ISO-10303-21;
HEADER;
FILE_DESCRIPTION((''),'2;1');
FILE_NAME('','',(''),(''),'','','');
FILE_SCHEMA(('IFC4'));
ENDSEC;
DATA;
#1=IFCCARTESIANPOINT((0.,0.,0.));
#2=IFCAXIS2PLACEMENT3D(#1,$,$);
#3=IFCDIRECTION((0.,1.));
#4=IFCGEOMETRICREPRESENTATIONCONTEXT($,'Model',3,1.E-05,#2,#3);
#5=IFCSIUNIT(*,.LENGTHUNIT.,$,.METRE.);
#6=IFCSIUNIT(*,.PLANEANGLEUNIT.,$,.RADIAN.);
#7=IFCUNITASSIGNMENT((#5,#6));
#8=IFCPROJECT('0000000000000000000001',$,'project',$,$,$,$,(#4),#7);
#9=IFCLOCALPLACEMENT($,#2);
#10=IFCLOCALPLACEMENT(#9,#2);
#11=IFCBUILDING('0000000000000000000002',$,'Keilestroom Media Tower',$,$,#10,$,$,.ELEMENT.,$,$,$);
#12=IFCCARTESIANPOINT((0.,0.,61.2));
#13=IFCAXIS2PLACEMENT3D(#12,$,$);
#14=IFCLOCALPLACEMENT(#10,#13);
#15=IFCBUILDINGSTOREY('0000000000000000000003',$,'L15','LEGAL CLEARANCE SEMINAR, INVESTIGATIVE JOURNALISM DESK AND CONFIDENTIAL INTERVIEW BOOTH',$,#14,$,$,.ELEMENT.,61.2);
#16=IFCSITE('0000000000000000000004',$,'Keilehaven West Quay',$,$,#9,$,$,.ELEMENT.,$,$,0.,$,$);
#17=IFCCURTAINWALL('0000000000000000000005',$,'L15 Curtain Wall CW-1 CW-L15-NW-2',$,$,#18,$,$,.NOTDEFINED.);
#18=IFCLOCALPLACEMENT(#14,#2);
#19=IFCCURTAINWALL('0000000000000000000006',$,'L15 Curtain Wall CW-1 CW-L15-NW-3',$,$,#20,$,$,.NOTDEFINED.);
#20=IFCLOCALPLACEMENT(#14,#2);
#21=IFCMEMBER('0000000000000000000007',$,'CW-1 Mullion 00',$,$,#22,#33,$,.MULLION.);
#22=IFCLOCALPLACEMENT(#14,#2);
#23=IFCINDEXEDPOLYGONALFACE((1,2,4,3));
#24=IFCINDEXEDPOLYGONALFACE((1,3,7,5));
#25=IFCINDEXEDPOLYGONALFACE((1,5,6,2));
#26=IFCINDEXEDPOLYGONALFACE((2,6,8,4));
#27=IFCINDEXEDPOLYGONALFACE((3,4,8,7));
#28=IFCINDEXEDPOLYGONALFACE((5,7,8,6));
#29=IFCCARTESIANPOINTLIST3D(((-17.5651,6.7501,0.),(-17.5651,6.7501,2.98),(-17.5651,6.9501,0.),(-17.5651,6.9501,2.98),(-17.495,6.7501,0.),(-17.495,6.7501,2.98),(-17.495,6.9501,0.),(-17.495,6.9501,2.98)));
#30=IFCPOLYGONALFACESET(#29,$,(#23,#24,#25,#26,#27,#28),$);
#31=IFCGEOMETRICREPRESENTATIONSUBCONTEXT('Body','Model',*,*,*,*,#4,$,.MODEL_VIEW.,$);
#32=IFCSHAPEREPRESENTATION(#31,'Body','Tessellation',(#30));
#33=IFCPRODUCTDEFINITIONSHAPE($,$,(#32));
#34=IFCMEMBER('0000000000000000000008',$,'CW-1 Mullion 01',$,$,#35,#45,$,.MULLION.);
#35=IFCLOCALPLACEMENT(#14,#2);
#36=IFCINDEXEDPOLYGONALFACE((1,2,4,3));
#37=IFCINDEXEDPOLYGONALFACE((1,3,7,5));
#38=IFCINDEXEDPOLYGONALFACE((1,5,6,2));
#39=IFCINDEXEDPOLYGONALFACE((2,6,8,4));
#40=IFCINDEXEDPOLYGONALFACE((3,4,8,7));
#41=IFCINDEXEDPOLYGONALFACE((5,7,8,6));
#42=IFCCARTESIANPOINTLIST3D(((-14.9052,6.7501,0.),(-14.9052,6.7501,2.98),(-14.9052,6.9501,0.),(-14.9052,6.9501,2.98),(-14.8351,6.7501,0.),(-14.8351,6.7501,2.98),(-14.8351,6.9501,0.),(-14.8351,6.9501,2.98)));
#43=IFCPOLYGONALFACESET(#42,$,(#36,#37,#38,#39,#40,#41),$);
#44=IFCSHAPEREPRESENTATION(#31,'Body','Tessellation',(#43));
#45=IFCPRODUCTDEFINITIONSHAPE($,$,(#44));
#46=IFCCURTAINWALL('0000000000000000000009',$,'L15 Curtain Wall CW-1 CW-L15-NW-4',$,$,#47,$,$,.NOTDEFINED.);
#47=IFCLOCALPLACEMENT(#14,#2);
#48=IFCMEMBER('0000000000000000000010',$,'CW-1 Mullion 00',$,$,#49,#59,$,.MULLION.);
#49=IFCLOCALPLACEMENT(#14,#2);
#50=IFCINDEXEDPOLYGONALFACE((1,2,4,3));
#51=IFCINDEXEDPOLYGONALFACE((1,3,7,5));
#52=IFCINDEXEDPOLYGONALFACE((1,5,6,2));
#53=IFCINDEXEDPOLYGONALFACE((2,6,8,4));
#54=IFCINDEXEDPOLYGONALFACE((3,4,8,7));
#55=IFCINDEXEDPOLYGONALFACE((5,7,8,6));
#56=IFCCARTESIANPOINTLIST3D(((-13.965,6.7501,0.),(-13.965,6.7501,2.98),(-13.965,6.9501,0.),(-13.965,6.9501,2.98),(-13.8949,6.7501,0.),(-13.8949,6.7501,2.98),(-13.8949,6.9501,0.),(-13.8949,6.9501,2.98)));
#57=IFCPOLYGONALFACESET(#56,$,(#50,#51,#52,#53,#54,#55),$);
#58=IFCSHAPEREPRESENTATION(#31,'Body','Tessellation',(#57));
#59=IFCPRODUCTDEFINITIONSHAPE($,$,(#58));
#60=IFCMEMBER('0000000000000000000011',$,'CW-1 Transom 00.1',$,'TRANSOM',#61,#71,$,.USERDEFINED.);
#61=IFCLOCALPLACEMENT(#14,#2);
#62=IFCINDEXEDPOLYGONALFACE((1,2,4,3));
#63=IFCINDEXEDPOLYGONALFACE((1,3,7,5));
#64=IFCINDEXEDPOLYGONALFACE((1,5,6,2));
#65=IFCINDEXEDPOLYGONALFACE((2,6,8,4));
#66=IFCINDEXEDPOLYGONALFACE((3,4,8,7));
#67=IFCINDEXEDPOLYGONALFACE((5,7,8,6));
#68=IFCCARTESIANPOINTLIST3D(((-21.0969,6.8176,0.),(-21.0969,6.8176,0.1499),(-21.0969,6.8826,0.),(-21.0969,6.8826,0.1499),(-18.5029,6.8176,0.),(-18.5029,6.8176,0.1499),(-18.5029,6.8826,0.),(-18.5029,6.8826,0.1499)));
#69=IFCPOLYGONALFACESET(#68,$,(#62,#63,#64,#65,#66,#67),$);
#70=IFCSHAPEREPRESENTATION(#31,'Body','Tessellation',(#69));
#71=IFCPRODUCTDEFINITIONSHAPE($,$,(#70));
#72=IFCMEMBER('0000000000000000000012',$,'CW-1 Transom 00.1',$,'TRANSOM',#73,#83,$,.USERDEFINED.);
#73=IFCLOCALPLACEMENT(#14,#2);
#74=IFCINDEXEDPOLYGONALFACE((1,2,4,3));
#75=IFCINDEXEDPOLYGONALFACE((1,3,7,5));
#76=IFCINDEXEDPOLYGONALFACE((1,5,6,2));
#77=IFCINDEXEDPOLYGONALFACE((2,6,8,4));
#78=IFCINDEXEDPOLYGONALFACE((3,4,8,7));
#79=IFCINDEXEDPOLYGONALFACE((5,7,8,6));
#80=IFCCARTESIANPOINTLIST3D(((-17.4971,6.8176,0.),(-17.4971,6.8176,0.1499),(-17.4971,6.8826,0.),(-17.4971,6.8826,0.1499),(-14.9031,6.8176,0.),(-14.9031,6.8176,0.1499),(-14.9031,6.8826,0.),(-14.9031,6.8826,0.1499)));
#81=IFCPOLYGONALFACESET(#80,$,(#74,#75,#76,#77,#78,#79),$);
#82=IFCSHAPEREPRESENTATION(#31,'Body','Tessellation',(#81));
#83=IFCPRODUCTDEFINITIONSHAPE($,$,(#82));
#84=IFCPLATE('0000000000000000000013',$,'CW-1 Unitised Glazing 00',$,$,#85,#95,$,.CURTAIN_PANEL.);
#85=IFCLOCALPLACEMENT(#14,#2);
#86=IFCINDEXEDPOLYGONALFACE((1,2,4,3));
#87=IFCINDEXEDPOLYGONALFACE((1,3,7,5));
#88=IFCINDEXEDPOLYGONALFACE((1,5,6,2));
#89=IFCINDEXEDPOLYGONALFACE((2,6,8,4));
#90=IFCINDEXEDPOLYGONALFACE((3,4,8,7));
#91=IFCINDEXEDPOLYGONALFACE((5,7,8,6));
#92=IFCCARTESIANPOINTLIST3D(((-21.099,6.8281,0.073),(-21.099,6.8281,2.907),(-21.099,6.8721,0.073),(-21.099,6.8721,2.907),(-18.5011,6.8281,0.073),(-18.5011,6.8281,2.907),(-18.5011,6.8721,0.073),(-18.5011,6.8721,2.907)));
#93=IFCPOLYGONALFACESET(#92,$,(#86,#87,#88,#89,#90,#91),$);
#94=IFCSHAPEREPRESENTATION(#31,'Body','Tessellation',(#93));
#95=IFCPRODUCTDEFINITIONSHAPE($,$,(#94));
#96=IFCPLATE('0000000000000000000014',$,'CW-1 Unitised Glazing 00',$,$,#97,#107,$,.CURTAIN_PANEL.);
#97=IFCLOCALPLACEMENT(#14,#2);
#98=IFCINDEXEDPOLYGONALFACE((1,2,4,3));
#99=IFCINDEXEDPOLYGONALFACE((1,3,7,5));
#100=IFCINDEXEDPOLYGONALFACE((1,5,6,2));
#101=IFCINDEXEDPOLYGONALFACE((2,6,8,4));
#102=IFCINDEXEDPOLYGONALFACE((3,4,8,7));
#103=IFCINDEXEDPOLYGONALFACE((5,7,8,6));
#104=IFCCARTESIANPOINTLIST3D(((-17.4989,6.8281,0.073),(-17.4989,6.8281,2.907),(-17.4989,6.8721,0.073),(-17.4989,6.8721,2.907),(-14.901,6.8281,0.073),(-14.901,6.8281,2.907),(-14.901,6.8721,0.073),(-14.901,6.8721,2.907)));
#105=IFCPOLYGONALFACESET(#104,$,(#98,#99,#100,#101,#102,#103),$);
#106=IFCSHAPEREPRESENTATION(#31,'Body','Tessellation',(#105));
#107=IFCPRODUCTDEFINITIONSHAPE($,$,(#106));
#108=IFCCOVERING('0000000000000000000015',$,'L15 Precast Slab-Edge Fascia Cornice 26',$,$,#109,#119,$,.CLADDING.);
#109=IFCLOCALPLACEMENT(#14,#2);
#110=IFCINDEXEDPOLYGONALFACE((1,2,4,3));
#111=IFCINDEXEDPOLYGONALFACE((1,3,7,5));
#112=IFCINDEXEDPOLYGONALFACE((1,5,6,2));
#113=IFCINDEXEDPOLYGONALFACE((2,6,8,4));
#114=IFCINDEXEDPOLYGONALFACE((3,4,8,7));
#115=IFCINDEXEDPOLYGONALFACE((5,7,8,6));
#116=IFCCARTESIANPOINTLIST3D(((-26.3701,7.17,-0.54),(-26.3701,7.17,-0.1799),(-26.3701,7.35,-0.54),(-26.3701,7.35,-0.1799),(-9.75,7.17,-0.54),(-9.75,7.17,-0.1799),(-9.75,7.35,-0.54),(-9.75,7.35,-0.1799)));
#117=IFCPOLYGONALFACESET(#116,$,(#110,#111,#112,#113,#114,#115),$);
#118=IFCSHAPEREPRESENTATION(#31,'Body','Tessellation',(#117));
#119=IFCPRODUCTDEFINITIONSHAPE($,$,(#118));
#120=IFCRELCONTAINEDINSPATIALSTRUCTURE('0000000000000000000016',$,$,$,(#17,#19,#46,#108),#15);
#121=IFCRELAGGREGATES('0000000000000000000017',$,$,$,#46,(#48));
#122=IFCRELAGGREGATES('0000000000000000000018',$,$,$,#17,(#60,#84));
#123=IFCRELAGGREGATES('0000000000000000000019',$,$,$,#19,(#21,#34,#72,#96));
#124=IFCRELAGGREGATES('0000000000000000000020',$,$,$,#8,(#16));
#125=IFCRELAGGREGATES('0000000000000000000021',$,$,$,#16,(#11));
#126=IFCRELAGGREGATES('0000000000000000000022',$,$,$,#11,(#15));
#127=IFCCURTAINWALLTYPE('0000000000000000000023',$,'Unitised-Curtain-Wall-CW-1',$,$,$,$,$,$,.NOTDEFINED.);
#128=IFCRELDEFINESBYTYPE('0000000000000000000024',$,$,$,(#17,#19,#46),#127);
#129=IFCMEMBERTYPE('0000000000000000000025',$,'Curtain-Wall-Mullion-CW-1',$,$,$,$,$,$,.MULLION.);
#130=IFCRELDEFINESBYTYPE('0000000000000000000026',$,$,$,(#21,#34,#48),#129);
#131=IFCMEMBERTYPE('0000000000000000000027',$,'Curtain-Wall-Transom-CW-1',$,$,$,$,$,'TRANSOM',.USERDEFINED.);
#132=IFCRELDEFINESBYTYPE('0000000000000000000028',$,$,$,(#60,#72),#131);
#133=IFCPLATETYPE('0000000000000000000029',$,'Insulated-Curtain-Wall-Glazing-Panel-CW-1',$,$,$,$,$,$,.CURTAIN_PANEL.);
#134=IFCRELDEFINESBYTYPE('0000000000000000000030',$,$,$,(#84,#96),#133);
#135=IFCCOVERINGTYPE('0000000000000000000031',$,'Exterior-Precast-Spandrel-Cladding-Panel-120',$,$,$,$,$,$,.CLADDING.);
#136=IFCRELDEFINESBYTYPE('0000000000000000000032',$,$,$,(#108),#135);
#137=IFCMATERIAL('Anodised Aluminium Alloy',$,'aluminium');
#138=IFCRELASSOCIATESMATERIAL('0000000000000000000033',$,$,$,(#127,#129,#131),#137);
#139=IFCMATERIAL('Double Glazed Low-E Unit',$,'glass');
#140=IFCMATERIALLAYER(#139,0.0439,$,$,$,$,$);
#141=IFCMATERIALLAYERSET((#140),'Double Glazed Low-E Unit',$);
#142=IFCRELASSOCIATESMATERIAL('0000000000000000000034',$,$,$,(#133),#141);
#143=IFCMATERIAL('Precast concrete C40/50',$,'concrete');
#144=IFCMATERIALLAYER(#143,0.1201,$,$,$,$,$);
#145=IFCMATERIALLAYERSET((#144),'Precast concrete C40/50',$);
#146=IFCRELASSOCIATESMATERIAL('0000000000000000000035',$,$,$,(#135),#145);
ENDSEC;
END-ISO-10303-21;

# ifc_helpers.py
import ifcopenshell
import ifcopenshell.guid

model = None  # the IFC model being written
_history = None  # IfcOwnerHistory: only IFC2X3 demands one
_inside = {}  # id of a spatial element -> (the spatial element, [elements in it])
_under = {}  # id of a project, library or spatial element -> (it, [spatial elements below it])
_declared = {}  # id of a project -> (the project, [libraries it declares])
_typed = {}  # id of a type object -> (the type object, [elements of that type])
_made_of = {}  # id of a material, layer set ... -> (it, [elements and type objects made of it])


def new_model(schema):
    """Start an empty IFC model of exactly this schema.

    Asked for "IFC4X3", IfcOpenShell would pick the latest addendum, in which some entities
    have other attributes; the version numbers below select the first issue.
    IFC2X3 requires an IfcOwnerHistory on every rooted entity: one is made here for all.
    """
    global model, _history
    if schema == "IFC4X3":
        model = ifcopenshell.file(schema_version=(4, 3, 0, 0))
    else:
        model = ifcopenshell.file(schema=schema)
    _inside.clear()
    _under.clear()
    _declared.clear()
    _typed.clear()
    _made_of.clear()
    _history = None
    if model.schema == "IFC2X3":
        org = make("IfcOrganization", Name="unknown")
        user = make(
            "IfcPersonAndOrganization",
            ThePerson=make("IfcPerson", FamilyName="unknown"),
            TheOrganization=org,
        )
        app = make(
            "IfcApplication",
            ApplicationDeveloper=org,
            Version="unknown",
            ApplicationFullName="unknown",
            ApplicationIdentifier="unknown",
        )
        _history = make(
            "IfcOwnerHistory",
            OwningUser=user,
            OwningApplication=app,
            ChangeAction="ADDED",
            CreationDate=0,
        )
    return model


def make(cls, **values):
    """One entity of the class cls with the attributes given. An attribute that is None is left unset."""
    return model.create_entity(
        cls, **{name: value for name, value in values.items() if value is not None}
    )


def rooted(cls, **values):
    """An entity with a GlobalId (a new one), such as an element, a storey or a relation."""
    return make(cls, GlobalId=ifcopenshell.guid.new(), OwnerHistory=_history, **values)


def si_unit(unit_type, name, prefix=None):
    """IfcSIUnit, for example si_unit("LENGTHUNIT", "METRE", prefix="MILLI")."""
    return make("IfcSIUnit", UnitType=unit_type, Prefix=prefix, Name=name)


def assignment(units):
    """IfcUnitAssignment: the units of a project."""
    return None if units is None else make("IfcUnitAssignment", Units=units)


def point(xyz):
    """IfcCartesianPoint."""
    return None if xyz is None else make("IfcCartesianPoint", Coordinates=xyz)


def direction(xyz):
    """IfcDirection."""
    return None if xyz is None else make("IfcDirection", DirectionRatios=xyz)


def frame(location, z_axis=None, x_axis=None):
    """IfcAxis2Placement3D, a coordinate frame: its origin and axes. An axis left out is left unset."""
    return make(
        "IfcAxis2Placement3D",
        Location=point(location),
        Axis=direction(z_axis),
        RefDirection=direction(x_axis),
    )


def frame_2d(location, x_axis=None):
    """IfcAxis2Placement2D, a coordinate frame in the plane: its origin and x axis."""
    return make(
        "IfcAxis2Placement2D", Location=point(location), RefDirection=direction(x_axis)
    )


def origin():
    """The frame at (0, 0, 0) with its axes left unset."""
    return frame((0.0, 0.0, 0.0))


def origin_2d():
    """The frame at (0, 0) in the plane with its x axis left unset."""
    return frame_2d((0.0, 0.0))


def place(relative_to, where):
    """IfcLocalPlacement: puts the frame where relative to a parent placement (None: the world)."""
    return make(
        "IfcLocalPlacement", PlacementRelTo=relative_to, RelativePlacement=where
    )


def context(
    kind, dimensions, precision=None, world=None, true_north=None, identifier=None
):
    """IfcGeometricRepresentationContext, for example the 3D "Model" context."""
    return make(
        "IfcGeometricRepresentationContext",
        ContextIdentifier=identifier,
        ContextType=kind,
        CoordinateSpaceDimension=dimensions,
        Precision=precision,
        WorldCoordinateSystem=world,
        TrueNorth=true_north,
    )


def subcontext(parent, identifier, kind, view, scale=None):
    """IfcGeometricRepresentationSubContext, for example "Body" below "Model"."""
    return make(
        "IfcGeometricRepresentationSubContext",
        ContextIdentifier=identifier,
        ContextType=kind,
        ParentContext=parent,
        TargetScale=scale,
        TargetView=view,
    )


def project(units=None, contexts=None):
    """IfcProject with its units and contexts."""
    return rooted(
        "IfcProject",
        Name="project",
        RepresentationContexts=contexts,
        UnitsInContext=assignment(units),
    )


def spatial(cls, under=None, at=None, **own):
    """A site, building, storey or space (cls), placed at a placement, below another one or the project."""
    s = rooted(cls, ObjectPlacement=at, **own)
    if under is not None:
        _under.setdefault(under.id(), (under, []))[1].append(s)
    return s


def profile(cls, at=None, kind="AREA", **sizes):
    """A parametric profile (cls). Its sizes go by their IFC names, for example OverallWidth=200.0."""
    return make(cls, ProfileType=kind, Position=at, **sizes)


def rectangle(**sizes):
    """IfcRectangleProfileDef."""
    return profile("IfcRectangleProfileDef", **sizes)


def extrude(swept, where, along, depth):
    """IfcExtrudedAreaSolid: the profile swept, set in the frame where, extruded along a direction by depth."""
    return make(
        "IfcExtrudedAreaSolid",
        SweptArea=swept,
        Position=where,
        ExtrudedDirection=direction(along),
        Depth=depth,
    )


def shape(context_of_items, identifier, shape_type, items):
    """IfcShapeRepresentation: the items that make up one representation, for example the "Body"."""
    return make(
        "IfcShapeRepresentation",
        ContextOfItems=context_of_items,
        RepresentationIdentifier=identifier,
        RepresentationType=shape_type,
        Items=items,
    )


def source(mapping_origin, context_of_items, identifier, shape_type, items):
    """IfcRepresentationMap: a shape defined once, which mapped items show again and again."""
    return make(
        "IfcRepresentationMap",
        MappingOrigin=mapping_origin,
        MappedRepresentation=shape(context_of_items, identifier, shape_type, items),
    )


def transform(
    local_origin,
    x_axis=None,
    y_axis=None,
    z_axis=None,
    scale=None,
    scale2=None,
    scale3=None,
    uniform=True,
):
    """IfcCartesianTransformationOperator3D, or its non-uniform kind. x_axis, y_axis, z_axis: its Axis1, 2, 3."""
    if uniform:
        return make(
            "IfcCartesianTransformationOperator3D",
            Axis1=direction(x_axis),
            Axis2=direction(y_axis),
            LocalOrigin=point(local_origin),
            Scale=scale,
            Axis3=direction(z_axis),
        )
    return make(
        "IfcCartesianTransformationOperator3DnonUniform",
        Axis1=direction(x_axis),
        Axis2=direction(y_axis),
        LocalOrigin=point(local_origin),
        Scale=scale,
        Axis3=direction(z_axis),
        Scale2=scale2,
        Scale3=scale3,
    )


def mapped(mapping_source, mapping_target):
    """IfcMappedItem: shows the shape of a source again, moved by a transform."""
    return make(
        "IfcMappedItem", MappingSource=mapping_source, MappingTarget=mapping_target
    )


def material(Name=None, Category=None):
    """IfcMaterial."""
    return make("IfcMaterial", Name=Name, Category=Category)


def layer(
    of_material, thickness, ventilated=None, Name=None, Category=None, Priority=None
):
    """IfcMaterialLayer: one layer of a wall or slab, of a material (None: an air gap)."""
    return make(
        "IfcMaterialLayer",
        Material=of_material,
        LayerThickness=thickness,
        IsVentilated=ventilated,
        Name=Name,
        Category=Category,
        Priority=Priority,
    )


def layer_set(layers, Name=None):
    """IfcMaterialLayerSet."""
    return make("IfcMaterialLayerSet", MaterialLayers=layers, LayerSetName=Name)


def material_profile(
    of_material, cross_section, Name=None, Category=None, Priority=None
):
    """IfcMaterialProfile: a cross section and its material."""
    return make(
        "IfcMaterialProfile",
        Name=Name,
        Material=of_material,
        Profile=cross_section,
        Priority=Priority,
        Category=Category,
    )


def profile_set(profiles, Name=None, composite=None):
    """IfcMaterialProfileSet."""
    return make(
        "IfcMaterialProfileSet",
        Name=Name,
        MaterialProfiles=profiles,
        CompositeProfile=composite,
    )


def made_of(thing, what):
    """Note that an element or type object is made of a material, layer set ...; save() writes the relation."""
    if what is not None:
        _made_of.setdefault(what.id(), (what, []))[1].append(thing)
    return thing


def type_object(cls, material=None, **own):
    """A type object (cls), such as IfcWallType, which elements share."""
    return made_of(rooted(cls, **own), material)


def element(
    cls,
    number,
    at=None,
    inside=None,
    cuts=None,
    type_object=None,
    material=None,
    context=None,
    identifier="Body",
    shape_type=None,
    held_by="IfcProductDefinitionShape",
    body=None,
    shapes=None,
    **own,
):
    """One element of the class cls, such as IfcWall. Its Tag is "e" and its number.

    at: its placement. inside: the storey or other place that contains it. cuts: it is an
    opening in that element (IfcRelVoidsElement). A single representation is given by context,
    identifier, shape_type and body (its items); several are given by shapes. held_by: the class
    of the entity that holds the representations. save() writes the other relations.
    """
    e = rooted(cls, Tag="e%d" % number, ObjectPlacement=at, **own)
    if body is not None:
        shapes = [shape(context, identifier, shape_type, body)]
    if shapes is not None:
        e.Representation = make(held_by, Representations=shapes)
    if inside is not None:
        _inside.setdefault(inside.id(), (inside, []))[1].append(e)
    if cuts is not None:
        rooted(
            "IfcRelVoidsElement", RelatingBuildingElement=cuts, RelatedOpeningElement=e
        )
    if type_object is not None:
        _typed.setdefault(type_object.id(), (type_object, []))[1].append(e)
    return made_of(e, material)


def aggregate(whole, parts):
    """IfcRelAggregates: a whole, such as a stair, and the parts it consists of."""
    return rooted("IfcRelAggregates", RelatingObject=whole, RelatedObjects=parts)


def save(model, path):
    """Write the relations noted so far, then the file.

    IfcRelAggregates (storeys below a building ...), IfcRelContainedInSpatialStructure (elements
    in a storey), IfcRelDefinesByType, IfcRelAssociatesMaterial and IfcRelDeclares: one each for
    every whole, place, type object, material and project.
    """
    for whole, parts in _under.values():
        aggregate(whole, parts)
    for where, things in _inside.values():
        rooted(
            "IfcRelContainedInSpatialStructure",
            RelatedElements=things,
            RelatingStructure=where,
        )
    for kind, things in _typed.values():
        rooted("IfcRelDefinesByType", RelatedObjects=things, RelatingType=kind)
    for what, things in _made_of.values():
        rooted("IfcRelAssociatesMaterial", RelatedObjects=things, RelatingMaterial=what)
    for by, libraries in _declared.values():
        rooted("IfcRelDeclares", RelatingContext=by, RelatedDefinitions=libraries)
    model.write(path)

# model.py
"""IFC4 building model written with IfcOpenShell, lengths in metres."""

from ifc_helpers import new_model, si_unit, direction, frame, origin, origin_2d, place, context, subcontext, project, spatial, rectangle, extrude, source, transform, mapped, material, layer, layer_set, material_profile, profile_set, type_object, element, aggregate, save


model = new_model("IFC4")

# Units and contexts
model_context = context("Model", 3, precision=1e-05, world=origin(), true_north=direction((0.0, 1.0)))
body_context = subcontext(model_context, "Body", "Model", "MODEL_VIEW")
ifc_project = project(units=[si_unit("LENGTHUNIT", "METRE"), si_unit("PLANEANGLEUNIT", "RADIAN")], contexts=[model_context])

# Site, building, storey
site_placement = place(None, origin())
site = spatial("IfcSite", under=ifc_project, at=site_placement, Name="Keilehaven West Quay", CompositionType="ELEMENT", RefElevation=0.0)
building_placement = place(site_placement, origin())
building = spatial("IfcBuilding", under=site, at=building_placement, Name="Keilestroom Media Tower", CompositionType="ELEMENT")
storey_placement = place(building_placement, frame((0.0, 0.0, 61.2)))
storey = spatial("IfcBuildingStorey", under=building, at=storey_placement, Name="L15", Description="LEGAL CLEARANCE SEMINAR, INVESTIGATIVE JOURNALISM DESK AND CONFIDENTIAL INTERVIEW BOOTH", CompositionType="ELEMENT", Elevation=61.2)

# Shared definitions
ifc_material_1 = material(Name="Precast concrete C40/50", Category="concrete")

# Shared definitions
ifc_material_2 = material(Name="Anodised Aluminium Alloy", Category="aluminium")
curtain_wall_type = type_object("IfcCurtainWallType", Name="Unitised-Curtain-Wall-CW-1", PredefinedType="NOTDEFINED", material=ifc_material_2)
ifc_material_profile_1 = material_profile(ifc_material_2, rectangle(XDim=0.0701, YDim=0.2, at=origin_2d()), Name="ALU MULLION 70x200")
ifc_profile_set_1 = profile_set([ifc_material_profile_1], Name="Anodised Aluminium Alloy")
member_type_1 = type_object("IfcMemberType", Name="Curtain-Wall-Mullion-CW-1", PredefinedType="MULLION", material=ifc_profile_set_1)
shared_shape_1 = source(origin(), body_context, "Body", "SweptSolid", [
    extrude(rectangle(XDim=0.0701, YDim=0.2, at=origin_2d()), origin(), (0.0, 0.0, 1.0), 2.98),
])

# Curtain walls, members
curtain_wall_1_placement = place(storey_placement, origin())
curtain_wall_1 = element("IfcCurtainWall", 1, at=curtain_wall_1_placement, inside=storey, type_object=curtain_wall_type, Name="L15 Curtain Wall CW-1 CW-L15-NW-2", PredefinedType="NOTDEFINED")
curtain_wall_2_placement = place(storey_placement, origin())
curtain_wall_2 = element("IfcCurtainWall", 2, at=curtain_wall_2_placement, inside=storey, type_object=curtain_wall_type, Name="L15 Curtain Wall CW-1 CW-L15-NW-3", PredefinedType="NOTDEFINED")
member_1_placement = place(storey_placement, frame((-17.53, 6.8501, 0.0), z_axis=(0.0, 0.0, 1.0), x_axis=(1.0, 0.0, 0.0)))
member_1 = element("IfcMember", 3, at=member_1_placement, type_object=member_type_1, Name="CW-1 Mullion 00", PredefinedType="MULLION", context=body_context, shape_type="MappedRepresentation", body=[
    mapped(shared_shape_1, transform((0.0, 0.0, 0.0), x_axis=(1.0, 0.0, 0.0), y_axis=(0.0, 1.0, 0.0), z_axis=(0.0, 0.0, 1.0), scale=1.0)),
])
member_2_placement = place(storey_placement, frame((-14.8701, 6.8501, 0.0), z_axis=(0.0, 0.0, 1.0), x_axis=(1.0, 0.0, 0.0)))
member_2 = element("IfcMember", 4, at=member_2_placement, type_object=member_type_1, Name="CW-1 Mullion 01", PredefinedType="MULLION", context=body_context, shape_type="MappedRepresentation", body=[
    mapped(shared_shape_1, transform((0.0, 0.0, 0.0), x_axis=(1.0, 0.0, 0.0), y_axis=(0.0, 1.0, 0.0), z_axis=(0.0, 0.0, 1.0), scale=1.0)),
])

# Curtain wall, member
curtain_wall_3_placement = place(storey_placement, origin())
curtain_wall_3 = element("IfcCurtainWall", 5, at=curtain_wall_3_placement, inside=storey, type_object=curtain_wall_type, Name="L15 Curtain Wall CW-1 CW-L15-NW-4", PredefinedType="NOTDEFINED")
member_3_placement = place(storey_placement, frame((-13.9299, 6.8501, 0.0), z_axis=(0.0, 0.0, 1.0), x_axis=(1.0, 0.0, 0.0)))
member_3 = element("IfcMember", 6, at=member_3_placement, type_object=member_type_1, Name="CW-1 Mullion 00", PredefinedType="MULLION", context=body_context, shape_type="MappedRepresentation", body=[
    mapped(shared_shape_1, transform((0.0, 0.0, 0.0), x_axis=(1.0, 0.0, 0.0), y_axis=(0.0, 1.0, 0.0), z_axis=(0.0, 0.0, 1.0), scale=1.0)),
])
aggregate(curtain_wall_3, [member_3])

# Members
ifc_material_profile_2 = material_profile(ifc_material_2, rectangle(XDim=0.0649, YDim=0.1499, at=origin_2d()), Name="ALU TRANSOM 65x150")
ifc_profile_set_2 = profile_set([ifc_material_profile_2], Name="Anodised Aluminium Alloy")
member_type_2 = type_object("IfcMemberType", Name="Curtain-Wall-Transom-CW-1", ElementType="TRANSOM", PredefinedType="USERDEFINED", material=ifc_profile_set_2)
shared_shape_2 = source(origin(), body_context, "Body", "SweptSolid", [
    extrude(rectangle(XDim=0.0649, YDim=0.1499, at=origin_2d()), origin(), (0.0, 0.0, 1.0), 2.594),
])
member_4_placement = place(storey_placement, frame((-21.0969, 6.8501, 0.075), z_axis=(1.0, 0.0, 0.0), x_axis=(0.0, 1.0, 0.0)))
member_4 = element("IfcMember", 7, at=member_4_placement, type_object=member_type_2, Name="CW-1 Transom 00.1", ObjectType="TRANSOM", PredefinedType="USERDEFINED", context=body_context, shape_type="MappedRepresentation", body=[
    mapped(shared_shape_2, transform((0.0, 0.0, 0.0), x_axis=(1.0, 0.0, 0.0), y_axis=(0.0, 1.0, 0.0), z_axis=(0.0, 0.0, 1.0), scale=1.0)),
])
member_5_placement = place(storey_placement, frame((-17.4971, 6.8501, 0.075), z_axis=(1.0, 0.0, 0.0), x_axis=(0.0, 1.0, 0.0)))
member_5 = element("IfcMember", 8, at=member_5_placement, type_object=member_type_2, Name="CW-1 Transom 00.1", ObjectType="TRANSOM", PredefinedType="USERDEFINED", context=body_context, shape_type="MappedRepresentation", body=[
    mapped(shared_shape_2, transform((0.0, 0.0, 0.0), x_axis=(1.0, 0.0, 0.0), y_axis=(0.0, 1.0, 0.0), z_axis=(0.0, 0.0, 1.0), scale=1.0)),
])

# Plates
ifc_material_3 = material(Name="Double Glazed Low-E Unit", Category="glass")
ifc_layer_1 = layer(ifc_material_3, 0.0439)
ifc_layer_set_1 = layer_set([ifc_layer_1], Name="Double Glazed Low-E Unit")
plate_type = type_object("IfcPlateType", Name="Insulated-Curtain-Wall-Glazing-Panel-CW-1", PredefinedType="CURTAIN_PANEL", material=ifc_layer_set_1)
shared_shape_3 = source(origin(), body_context, "Body", "SweptSolid", [
    extrude(rectangle(XDim=2.5979, YDim=0.0439, at=origin_2d()), origin(), (0.0, 0.0, 1.0), 2.834),
])
plate_1_placement = place(storey_placement, frame((-19.8, 6.8501, 0.073), z_axis=(0.0, 0.0, 1.0), x_axis=(1.0, 0.0, 0.0)))
plate_1 = element("IfcPlate", 9, at=plate_1_placement, type_object=plate_type, Name="CW-1 Unitised Glazing 00", PredefinedType="CURTAIN_PANEL", context=body_context, shape_type="MappedRepresentation", body=[
    mapped(shared_shape_3, transform((0.0, 0.0, 0.0), x_axis=(1.0, 0.0, 0.0), y_axis=(0.0, 1.0, 0.0), z_axis=(0.0, 0.0, 1.0), scale=1.0)),
])
aggregate(curtain_wall_1, [member_4, plate_1])
plate_2_placement = place(storey_placement, frame((-16.2, 6.8501, 0.073), z_axis=(0.0, 0.0, 1.0), x_axis=(1.0, 0.0, 0.0)))
plate_2 = element("IfcPlate", 10, at=plate_2_placement, type_object=plate_type, Name="CW-1 Unitised Glazing 00", PredefinedType="CURTAIN_PANEL", context=body_context, shape_type="MappedRepresentation", body=[
    mapped(shared_shape_3, transform((0.0, 0.0, 0.0), x_axis=(1.0, 0.0, 0.0), y_axis=(0.0, 1.0, 0.0), z_axis=(0.0, 0.0, 1.0), scale=1.0)),
])
aggregate(curtain_wall_2, [member_1, member_2, member_5, plate_2])

# Covering
ifc_layer_2 = layer(ifc_material_1, 0.1201)
ifc_layer_set_2 = layer_set([ifc_layer_2], Name="Precast concrete C40/50")
covering_type = type_object("IfcCoveringType", Name="Exterior-Precast-Spandrel-Cladding-Panel-120", PredefinedType="CLADDING", material=ifc_layer_set_2)
shared_shape_4 = source(origin(), body_context, "Body", "SweptSolid", [
    extrude(rectangle(XDim=16.6201, YDim=0.1799, at=origin_2d()), origin(), (0.0, 0.0, 1.0), 0.3601),
])
covering_placement = place(storey_placement, frame((-18.0601, 7.26, -0.54), z_axis=(0.0, 0.0, 1.0), x_axis=(1.0, 0.0, 0.0)))
element("IfcCovering", 11, at=covering_placement, inside=storey, type_object=covering_type, Name="L15 Precast Slab-Edge Fascia Cornice 26", PredefinedType="CLADDING", context=body_context, shape_type="MappedRepresentation", body=[
    mapped(shared_shape_4, transform((0.0, 0.0, 0.0), x_axis=(1.0, 0.0, 0.0), y_axis=(0.0, 1.0, 0.0), z_axis=(0.0, 0.0, 1.0), scale=1.0)),
])

save(model, "model.ifc")
